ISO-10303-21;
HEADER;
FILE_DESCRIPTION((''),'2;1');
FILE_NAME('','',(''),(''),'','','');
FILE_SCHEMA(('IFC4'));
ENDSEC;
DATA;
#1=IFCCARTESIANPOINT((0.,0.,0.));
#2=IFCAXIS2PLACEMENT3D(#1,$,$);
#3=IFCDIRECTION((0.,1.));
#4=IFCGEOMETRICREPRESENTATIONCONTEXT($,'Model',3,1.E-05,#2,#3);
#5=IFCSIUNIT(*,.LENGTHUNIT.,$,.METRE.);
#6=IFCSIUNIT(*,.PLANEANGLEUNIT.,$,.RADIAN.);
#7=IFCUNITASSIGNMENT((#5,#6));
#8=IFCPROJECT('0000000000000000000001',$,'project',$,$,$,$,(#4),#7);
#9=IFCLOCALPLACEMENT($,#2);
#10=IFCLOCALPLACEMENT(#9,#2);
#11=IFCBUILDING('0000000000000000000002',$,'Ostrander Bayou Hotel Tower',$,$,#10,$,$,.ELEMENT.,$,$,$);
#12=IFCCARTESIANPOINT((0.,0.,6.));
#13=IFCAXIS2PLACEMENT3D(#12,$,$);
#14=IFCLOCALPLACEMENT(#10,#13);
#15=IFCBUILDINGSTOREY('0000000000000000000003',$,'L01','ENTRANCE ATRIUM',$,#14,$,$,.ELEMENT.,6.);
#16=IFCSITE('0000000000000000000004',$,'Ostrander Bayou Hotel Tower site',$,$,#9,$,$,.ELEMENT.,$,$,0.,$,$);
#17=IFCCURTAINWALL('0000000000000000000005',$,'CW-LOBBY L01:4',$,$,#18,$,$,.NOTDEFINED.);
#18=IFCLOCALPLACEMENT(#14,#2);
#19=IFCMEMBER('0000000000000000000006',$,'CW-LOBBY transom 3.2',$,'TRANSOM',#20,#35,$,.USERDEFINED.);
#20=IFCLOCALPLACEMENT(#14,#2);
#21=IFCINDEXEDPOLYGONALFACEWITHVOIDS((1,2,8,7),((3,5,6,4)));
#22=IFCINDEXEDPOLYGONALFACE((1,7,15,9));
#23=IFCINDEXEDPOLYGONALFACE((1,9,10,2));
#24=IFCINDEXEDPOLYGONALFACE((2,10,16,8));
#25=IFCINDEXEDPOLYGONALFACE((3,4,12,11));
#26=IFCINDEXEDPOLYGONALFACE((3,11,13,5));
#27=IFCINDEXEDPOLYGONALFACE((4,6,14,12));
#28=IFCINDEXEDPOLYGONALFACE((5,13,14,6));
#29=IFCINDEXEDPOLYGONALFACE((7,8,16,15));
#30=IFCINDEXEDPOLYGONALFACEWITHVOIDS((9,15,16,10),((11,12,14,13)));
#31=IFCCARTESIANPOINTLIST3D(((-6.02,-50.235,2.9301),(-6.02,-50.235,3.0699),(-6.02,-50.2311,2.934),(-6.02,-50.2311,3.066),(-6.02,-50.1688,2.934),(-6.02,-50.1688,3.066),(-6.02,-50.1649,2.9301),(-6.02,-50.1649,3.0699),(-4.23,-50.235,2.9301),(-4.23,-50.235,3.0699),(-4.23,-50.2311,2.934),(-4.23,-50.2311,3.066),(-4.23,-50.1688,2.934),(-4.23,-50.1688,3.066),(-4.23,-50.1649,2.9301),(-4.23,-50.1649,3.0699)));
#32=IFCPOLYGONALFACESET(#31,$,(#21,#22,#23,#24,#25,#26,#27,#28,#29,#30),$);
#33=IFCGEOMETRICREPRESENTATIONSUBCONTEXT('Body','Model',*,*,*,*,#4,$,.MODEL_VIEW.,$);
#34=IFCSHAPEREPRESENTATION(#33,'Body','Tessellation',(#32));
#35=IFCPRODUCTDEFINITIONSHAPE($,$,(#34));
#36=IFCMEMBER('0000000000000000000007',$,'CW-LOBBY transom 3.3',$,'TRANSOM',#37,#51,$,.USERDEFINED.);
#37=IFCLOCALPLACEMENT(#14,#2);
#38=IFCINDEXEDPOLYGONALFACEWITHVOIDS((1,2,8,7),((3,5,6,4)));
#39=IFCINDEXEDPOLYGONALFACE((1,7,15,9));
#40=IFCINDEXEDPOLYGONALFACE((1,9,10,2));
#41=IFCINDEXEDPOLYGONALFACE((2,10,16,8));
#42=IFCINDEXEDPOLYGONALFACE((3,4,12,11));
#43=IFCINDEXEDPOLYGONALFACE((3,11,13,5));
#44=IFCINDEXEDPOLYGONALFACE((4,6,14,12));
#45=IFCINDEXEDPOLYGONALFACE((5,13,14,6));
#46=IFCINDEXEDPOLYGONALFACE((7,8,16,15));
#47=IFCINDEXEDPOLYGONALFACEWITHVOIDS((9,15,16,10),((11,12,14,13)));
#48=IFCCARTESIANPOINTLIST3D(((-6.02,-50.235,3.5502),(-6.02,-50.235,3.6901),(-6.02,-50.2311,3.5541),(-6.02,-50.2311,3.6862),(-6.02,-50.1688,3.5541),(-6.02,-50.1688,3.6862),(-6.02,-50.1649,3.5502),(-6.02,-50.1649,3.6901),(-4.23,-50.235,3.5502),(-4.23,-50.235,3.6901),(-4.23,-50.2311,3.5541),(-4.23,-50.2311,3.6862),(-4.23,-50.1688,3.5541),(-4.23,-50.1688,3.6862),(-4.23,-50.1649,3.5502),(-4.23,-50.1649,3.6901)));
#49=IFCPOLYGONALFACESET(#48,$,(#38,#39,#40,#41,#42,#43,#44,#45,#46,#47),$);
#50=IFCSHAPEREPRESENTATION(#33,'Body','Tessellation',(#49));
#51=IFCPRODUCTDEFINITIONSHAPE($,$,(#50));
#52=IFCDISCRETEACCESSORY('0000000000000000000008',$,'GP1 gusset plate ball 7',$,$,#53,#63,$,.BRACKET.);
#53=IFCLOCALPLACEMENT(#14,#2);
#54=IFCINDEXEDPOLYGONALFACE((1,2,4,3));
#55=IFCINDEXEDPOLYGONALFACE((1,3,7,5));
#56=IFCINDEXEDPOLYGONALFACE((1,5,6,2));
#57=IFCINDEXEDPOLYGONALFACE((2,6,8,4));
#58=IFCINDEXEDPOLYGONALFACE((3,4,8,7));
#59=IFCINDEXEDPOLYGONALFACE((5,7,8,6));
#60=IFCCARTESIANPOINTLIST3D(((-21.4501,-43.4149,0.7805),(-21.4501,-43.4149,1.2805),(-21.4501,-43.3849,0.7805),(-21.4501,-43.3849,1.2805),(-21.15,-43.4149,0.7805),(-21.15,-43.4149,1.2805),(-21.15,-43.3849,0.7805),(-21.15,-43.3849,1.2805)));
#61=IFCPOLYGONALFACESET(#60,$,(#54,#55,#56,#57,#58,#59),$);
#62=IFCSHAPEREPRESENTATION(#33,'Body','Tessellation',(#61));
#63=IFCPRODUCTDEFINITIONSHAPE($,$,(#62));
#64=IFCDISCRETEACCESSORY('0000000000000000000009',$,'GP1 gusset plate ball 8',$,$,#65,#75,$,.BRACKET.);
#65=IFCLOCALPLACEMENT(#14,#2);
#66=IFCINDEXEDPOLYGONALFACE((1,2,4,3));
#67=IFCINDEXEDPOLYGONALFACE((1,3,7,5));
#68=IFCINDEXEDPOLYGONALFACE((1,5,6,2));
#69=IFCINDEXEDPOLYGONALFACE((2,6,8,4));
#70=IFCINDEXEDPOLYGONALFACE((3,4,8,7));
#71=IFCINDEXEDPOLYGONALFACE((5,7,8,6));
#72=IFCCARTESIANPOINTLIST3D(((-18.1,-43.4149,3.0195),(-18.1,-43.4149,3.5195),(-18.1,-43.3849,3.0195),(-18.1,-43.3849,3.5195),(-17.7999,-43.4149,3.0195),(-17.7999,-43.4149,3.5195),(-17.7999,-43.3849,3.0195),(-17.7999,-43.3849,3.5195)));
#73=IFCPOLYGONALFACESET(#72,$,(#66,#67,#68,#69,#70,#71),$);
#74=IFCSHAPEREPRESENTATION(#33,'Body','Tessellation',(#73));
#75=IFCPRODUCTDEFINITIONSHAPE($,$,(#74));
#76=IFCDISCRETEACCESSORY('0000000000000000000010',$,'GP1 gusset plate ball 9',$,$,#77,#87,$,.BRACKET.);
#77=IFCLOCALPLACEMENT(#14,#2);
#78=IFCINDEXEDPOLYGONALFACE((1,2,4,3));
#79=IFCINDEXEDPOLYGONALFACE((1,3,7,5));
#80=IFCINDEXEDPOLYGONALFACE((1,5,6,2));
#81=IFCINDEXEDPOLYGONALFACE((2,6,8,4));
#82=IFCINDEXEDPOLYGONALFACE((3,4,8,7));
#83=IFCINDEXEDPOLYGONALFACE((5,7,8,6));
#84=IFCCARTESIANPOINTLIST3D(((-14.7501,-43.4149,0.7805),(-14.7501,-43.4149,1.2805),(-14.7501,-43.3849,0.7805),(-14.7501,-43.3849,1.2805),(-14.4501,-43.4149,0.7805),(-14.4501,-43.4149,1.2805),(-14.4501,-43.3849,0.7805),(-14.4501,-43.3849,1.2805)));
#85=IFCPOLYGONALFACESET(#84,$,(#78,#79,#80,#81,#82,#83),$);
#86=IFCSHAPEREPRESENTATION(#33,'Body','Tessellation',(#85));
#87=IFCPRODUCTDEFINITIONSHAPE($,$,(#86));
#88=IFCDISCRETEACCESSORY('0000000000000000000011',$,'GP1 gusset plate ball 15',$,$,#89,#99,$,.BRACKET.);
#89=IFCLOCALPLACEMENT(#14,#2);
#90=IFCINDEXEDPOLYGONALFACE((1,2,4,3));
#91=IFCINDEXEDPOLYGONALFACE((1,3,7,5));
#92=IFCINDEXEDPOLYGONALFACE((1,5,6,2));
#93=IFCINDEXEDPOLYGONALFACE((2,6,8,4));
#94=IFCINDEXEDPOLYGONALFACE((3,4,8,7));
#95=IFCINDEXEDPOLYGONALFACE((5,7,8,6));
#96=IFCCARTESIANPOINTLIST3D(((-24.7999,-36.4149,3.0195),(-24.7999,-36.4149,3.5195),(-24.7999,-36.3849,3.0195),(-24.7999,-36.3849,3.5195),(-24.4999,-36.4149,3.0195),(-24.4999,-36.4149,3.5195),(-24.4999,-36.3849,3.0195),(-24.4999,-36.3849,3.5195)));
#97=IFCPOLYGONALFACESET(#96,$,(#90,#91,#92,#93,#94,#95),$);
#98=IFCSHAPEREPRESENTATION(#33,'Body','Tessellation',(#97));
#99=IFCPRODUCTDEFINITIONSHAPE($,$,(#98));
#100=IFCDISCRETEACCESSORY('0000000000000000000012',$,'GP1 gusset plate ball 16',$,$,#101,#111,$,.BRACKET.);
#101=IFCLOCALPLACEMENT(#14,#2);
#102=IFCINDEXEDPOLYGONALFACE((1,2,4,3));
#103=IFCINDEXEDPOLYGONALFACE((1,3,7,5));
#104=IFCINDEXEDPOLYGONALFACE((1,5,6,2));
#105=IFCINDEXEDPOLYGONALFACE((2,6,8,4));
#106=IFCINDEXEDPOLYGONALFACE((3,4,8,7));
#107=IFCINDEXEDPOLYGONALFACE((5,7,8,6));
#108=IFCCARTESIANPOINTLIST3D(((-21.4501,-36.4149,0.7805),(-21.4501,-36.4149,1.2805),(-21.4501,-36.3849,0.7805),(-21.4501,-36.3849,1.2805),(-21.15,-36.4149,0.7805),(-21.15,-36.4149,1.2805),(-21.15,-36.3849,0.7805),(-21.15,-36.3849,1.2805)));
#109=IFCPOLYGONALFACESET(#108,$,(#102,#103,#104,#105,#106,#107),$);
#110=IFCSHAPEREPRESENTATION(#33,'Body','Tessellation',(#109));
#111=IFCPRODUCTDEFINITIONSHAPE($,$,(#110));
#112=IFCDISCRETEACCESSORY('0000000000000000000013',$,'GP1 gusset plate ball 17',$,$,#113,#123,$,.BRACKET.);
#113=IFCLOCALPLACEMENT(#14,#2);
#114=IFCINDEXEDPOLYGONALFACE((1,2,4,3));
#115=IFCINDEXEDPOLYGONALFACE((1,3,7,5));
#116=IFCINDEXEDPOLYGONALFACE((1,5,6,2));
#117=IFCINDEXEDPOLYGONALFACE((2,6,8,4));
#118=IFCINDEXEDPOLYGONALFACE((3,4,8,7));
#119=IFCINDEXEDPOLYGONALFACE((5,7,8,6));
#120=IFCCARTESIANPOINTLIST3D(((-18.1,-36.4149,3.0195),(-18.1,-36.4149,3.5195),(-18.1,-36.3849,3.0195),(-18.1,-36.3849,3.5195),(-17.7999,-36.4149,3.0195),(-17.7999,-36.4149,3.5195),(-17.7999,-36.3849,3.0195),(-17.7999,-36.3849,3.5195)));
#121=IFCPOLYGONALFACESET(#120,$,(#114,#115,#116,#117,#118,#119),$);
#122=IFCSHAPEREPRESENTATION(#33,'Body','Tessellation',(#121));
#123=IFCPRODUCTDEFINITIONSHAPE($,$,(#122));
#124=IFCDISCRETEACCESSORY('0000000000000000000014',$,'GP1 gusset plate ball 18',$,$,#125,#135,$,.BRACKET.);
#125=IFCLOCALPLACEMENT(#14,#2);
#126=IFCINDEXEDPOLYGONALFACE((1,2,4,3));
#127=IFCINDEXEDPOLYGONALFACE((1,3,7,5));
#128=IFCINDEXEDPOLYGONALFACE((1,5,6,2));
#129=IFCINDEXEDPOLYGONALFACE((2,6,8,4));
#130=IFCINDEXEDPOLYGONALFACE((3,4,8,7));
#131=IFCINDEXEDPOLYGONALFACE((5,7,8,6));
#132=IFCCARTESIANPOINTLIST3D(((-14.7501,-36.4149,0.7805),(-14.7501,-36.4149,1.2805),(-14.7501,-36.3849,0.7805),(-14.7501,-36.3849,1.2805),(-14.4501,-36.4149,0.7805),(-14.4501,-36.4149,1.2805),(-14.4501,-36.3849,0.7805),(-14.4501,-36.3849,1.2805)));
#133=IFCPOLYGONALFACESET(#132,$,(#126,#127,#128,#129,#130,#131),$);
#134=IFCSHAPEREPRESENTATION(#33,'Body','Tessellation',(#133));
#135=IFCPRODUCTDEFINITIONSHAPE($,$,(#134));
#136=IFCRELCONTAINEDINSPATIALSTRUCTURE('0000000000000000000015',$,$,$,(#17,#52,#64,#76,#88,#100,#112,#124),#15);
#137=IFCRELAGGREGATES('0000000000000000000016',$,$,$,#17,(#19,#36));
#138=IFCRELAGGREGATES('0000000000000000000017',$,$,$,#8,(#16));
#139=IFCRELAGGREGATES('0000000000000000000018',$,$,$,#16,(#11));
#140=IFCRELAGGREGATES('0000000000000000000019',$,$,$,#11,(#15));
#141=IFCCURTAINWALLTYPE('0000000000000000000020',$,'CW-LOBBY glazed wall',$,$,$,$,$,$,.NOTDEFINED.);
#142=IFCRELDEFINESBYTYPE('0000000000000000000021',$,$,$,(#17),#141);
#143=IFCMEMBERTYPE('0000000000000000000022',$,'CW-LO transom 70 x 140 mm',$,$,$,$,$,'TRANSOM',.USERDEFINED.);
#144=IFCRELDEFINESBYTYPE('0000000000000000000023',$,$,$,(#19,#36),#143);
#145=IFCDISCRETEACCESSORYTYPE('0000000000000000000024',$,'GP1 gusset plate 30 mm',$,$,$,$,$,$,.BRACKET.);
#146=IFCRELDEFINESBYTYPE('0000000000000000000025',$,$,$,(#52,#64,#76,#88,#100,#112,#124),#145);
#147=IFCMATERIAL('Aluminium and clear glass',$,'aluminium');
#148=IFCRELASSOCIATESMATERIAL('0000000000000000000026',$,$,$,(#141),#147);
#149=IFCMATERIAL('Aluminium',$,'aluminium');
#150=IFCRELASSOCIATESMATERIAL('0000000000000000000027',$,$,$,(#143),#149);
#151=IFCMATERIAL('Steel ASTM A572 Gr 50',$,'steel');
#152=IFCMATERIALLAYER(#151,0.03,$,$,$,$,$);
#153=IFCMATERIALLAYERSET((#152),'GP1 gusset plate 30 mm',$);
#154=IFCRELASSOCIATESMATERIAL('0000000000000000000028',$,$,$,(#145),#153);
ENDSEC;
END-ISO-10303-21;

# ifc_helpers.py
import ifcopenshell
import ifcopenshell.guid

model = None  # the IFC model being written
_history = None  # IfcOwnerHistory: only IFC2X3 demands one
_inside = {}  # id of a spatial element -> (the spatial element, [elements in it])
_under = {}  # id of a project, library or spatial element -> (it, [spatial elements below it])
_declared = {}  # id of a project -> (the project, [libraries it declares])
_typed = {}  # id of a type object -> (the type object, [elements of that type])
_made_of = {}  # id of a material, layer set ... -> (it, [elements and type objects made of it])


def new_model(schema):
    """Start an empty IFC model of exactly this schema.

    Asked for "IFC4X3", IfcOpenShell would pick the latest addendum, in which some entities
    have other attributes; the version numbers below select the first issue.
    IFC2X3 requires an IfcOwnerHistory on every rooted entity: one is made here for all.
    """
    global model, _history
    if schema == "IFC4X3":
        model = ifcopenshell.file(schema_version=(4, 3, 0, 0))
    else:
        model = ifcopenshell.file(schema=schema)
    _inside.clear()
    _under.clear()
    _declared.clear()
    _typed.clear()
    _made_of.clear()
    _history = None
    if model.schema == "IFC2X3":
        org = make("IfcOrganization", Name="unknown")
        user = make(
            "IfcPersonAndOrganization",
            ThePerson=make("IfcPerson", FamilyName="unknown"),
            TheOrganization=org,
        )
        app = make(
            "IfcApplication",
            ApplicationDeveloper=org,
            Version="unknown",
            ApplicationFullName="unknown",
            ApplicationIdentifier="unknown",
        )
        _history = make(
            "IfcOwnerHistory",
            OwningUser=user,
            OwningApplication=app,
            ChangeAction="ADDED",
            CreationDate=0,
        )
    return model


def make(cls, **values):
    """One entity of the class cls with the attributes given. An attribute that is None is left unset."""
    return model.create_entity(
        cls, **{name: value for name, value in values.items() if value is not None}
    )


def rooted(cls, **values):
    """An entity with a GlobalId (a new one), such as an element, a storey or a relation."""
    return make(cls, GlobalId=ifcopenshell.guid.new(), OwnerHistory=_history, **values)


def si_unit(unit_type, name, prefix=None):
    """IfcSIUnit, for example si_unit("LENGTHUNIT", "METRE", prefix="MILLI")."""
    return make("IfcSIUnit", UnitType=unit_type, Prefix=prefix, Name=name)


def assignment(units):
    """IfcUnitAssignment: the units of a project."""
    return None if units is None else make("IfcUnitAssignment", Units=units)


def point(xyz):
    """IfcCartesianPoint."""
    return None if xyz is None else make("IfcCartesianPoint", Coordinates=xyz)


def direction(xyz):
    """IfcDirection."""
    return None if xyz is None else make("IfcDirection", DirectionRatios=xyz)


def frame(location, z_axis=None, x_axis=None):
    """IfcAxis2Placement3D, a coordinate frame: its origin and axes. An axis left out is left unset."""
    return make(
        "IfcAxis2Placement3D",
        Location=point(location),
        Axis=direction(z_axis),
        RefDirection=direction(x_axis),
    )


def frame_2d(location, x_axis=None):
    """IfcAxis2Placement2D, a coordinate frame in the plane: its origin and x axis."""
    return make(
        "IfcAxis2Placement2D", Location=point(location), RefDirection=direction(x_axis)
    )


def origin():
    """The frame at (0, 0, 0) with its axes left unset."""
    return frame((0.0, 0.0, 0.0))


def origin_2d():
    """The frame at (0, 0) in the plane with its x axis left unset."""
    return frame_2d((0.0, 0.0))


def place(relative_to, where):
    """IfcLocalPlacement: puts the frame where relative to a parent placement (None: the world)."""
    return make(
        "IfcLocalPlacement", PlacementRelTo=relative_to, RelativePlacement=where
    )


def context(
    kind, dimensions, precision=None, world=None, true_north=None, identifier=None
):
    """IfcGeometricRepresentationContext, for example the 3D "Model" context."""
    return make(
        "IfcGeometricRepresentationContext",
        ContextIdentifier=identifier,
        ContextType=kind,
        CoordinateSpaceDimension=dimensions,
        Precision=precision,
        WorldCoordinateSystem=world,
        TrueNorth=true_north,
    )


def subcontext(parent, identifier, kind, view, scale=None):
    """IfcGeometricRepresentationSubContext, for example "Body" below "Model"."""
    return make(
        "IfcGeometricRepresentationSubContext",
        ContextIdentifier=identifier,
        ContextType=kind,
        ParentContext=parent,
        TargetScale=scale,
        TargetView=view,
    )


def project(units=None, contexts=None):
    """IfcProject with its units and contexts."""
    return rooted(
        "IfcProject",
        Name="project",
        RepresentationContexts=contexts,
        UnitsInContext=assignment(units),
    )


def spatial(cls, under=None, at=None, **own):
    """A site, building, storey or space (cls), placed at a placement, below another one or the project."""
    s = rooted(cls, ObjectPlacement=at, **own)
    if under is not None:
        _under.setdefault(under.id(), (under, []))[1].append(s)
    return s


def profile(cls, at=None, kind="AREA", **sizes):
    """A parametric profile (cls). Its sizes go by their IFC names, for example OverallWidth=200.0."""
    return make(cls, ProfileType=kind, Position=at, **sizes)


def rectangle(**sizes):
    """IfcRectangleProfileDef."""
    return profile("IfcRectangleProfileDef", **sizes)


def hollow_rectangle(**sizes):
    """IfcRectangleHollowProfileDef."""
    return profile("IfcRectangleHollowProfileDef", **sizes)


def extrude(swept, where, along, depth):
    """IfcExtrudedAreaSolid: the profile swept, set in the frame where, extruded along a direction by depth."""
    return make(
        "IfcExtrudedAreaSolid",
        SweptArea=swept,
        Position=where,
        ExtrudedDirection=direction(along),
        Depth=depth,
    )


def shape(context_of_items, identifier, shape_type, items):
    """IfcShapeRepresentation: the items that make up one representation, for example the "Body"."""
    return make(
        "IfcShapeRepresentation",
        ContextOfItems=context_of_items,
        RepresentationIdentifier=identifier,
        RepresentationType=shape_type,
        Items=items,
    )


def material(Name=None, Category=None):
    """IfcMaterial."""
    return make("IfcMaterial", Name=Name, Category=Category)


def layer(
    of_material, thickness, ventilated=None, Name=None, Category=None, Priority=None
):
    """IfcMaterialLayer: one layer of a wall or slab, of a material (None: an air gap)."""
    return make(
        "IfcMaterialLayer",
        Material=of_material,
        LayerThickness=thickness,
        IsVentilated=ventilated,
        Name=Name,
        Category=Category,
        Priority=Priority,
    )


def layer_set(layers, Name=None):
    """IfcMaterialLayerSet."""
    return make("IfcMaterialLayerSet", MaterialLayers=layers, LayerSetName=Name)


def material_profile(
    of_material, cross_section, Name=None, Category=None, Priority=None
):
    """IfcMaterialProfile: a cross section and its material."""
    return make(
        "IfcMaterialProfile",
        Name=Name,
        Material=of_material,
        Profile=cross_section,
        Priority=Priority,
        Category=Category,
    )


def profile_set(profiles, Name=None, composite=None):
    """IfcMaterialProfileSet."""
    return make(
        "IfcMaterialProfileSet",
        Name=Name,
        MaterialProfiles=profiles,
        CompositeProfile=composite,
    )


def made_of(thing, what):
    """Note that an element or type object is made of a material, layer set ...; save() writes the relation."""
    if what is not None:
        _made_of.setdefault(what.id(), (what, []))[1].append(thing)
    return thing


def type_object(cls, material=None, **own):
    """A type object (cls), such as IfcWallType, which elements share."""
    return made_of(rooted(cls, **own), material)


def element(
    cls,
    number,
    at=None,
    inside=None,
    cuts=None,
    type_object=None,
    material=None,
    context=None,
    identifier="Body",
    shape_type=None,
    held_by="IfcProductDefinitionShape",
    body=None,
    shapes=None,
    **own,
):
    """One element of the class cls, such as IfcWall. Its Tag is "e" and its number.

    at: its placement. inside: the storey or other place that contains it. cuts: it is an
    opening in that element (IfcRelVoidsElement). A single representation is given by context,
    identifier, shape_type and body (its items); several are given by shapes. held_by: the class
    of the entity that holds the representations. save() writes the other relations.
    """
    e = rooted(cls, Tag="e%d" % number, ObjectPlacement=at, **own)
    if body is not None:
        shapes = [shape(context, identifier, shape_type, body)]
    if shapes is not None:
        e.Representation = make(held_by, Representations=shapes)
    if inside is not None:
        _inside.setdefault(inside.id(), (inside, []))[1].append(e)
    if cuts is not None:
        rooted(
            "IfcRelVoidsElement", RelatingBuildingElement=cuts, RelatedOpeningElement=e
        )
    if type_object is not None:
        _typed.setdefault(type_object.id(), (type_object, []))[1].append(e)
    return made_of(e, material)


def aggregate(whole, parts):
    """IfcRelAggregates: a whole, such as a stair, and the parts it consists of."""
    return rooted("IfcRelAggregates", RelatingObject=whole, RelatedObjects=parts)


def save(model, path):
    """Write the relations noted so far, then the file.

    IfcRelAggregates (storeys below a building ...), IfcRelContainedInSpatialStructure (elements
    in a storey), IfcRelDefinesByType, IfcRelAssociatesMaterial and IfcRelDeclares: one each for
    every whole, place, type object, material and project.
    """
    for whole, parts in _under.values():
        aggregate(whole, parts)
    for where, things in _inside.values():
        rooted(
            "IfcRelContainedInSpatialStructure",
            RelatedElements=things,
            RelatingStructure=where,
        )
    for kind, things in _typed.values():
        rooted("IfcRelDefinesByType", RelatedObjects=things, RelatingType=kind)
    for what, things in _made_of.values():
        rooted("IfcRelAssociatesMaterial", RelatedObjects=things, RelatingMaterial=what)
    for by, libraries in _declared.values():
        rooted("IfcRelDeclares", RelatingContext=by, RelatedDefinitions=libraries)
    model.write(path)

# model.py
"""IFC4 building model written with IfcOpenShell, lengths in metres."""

from ifc_helpers import new_model, si_unit, direction, frame, origin, origin_2d, place, context, subcontext, project, spatial, rectangle, hollow_rectangle, extrude, material, layer, layer_set, material_profile, profile_set, type_object, element, aggregate, save


model = new_model("IFC4")

# Units and contexts
model_context = context("Model", 3, precision=1e-05, world=origin(), true_north=direction((0.0, 1.0)))
body_context = subcontext(model_context, "Body", "Model", "MODEL_VIEW")
ifc_project = project(units=[si_unit("LENGTHUNIT", "METRE"), si_unit("PLANEANGLEUNIT", "RADIAN")], contexts=[model_context])

# Site, building, storey
site_placement = place(None, origin())
site = spatial("IfcSite", under=ifc_project, at=site_placement, Name="Ostrander Bayou Hotel Tower site", CompositionType="ELEMENT", RefElevation=0.0)
building_placement = place(site_placement, origin())
building = spatial("IfcBuilding", under=site, at=building_placement, Name="Ostrander Bayou Hotel Tower", CompositionType="ELEMENT")
storey_placement = place(building_placement, frame((0.0, 0.0, 6.0)))
storey = spatial("IfcBuildingStorey", under=building, at=storey_placement, Name="L01", Description="ENTRANCE ATRIUM", CompositionType="ELEMENT", Elevation=6.0)

# Curtain wall, members
ifc_material_1 = material(Name="Aluminium and clear glass", Category="aluminium")
curtain_wall_type = type_object("IfcCurtainWallType", Name="CW-LOBBY glazed wall", PredefinedType="NOTDEFINED", material=ifc_material_1)
curtain_wall_placement = place(storey_placement, origin())
curtain_wall = element("IfcCurtainWall", 1, at=curtain_wall_placement, inside=storey, type_object=curtain_wall_type, Name="CW-LOBBY L01:4", PredefinedType="NOTDEFINED")
ifc_material_2 = material(Name="Aluminium", Category="aluminium")
ifc_material_profile_1 = material_profile(ifc_material_2, hollow_rectangle(XDim=0.0701, YDim=0.1399, WallThickness=0.0039, at=origin_2d()))
ifc_profile_set_1 = profile_set([ifc_material_profile_1], Name="Aluminium")
member_type_1 = type_object("IfcMemberType", Name="CW-LO transom 70 x 140 mm", ElementType="TRANSOM", PredefinedType="USERDEFINED", material=ifc_profile_set_1)
member_1_placement = place(storey_placement, frame((-4.23, -50.2, 3.0), z_axis=(-1.0, 0.0, 0.0), x_axis=(0.0, -1.0, 0.0)))
member_1 = element("IfcMember", 2, at=member_1_placement, type_object=member_type_1, Name="CW-LOBBY transom 3.2", ObjectType="TRANSOM", PredefinedType="USERDEFINED", context=body_context, shape_type="SweptSolid", body=[
    extrude(hollow_rectangle(XDim=0.0701, YDim=0.1399, WallThickness=0.0039, at=origin_2d()), origin(), (0.0, 0.0, 1.0), 1.79),
])
member_2_placement = place(storey_placement, frame((-4.23, -50.2, 3.6201), z_axis=(-1.0, 0.0, 0.0), x_axis=(0.0, -1.0, 0.0)))
member_2 = element("IfcMember", 3, at=member_2_placement, type_object=member_type_1, Name="CW-LOBBY transom 3.3", ObjectType="TRANSOM", PredefinedType="USERDEFINED", context=body_context, shape_type="SweptSolid", body=[
    extrude(hollow_rectangle(XDim=0.0701, YDim=0.1399, WallThickness=0.0039, at=origin_2d()), origin(), (0.0, 0.0, 1.0), 1.79),
])
aggregate(curtain_wall, [member_1, member_2])

# Discrete accessories
ifc_material_3 = material(Name="Steel ASTM A572 Gr 50", Category="steel")
ifc_layer = layer(ifc_material_3, 0.03)
ifc_layer_set = layer_set([ifc_layer], Name="GP1 gusset plate 30 mm")
discrete_accessory_type = type_object("IfcDiscreteAccessoryType", Name="GP1 gusset plate 30 mm", PredefinedType="BRACKET", material=ifc_layer_set)
for number, where, z_axis, x_axis, name in (
    (4, (-21.3, -43.3999, 0.7805), (0.0, 0.0, 1.0), (-1.0, 0.0, 0.0), "GP1 gusset plate ball 7"),
    (5, (-17.95, -43.3999, 3.0195), (0.0, 0.0, 1.0), (1.0, 0.0, 0.0), "GP1 gusset plate ball 8"),
    (6, (-14.6001, -43.3999, 0.7805), (0.0, 0.0, 1.0), (-1.0, 0.0, 0.0), "GP1 gusset plate ball 9"),
    (7, (-24.6499, -36.3999, 3.0195), (0.0, 0.0, 1.0), (1.0, 0.0, 0.0), "GP1 gusset plate ball 15"),
    (8, (-21.3, -36.3999, 0.7805), (0.0, 0.0, 1.0), (-1.0, 0.0, 0.0), "GP1 gusset plate ball 16"),
    (9, (-17.95, -36.3999, 3.0195), (0.0, 0.0, 1.0), (1.0, 0.0, 0.0), "GP1 gusset plate ball 17"),
    (10, (-14.6001, -36.3999, 0.7805), (0.0, 0.0, 1.0), (-1.0, 0.0, 0.0), "GP1 gusset plate ball 18"),
):
    element("IfcDiscreteAccessory", number, at=place(storey_placement, frame(where, z_axis=z_axis, x_axis=x_axis)), inside=storey, type_object=discrete_accessory_type, Name=name, PredefinedType="BRACKET", context=body_context, shape_type="SweptSolid", body=[
        extrude(rectangle(XDim=0.3, YDim=0.03, at=origin_2d()), origin(), (0.0, 0.0, 1.0), 0.5),
    ])

save(model, "model.ifc")
